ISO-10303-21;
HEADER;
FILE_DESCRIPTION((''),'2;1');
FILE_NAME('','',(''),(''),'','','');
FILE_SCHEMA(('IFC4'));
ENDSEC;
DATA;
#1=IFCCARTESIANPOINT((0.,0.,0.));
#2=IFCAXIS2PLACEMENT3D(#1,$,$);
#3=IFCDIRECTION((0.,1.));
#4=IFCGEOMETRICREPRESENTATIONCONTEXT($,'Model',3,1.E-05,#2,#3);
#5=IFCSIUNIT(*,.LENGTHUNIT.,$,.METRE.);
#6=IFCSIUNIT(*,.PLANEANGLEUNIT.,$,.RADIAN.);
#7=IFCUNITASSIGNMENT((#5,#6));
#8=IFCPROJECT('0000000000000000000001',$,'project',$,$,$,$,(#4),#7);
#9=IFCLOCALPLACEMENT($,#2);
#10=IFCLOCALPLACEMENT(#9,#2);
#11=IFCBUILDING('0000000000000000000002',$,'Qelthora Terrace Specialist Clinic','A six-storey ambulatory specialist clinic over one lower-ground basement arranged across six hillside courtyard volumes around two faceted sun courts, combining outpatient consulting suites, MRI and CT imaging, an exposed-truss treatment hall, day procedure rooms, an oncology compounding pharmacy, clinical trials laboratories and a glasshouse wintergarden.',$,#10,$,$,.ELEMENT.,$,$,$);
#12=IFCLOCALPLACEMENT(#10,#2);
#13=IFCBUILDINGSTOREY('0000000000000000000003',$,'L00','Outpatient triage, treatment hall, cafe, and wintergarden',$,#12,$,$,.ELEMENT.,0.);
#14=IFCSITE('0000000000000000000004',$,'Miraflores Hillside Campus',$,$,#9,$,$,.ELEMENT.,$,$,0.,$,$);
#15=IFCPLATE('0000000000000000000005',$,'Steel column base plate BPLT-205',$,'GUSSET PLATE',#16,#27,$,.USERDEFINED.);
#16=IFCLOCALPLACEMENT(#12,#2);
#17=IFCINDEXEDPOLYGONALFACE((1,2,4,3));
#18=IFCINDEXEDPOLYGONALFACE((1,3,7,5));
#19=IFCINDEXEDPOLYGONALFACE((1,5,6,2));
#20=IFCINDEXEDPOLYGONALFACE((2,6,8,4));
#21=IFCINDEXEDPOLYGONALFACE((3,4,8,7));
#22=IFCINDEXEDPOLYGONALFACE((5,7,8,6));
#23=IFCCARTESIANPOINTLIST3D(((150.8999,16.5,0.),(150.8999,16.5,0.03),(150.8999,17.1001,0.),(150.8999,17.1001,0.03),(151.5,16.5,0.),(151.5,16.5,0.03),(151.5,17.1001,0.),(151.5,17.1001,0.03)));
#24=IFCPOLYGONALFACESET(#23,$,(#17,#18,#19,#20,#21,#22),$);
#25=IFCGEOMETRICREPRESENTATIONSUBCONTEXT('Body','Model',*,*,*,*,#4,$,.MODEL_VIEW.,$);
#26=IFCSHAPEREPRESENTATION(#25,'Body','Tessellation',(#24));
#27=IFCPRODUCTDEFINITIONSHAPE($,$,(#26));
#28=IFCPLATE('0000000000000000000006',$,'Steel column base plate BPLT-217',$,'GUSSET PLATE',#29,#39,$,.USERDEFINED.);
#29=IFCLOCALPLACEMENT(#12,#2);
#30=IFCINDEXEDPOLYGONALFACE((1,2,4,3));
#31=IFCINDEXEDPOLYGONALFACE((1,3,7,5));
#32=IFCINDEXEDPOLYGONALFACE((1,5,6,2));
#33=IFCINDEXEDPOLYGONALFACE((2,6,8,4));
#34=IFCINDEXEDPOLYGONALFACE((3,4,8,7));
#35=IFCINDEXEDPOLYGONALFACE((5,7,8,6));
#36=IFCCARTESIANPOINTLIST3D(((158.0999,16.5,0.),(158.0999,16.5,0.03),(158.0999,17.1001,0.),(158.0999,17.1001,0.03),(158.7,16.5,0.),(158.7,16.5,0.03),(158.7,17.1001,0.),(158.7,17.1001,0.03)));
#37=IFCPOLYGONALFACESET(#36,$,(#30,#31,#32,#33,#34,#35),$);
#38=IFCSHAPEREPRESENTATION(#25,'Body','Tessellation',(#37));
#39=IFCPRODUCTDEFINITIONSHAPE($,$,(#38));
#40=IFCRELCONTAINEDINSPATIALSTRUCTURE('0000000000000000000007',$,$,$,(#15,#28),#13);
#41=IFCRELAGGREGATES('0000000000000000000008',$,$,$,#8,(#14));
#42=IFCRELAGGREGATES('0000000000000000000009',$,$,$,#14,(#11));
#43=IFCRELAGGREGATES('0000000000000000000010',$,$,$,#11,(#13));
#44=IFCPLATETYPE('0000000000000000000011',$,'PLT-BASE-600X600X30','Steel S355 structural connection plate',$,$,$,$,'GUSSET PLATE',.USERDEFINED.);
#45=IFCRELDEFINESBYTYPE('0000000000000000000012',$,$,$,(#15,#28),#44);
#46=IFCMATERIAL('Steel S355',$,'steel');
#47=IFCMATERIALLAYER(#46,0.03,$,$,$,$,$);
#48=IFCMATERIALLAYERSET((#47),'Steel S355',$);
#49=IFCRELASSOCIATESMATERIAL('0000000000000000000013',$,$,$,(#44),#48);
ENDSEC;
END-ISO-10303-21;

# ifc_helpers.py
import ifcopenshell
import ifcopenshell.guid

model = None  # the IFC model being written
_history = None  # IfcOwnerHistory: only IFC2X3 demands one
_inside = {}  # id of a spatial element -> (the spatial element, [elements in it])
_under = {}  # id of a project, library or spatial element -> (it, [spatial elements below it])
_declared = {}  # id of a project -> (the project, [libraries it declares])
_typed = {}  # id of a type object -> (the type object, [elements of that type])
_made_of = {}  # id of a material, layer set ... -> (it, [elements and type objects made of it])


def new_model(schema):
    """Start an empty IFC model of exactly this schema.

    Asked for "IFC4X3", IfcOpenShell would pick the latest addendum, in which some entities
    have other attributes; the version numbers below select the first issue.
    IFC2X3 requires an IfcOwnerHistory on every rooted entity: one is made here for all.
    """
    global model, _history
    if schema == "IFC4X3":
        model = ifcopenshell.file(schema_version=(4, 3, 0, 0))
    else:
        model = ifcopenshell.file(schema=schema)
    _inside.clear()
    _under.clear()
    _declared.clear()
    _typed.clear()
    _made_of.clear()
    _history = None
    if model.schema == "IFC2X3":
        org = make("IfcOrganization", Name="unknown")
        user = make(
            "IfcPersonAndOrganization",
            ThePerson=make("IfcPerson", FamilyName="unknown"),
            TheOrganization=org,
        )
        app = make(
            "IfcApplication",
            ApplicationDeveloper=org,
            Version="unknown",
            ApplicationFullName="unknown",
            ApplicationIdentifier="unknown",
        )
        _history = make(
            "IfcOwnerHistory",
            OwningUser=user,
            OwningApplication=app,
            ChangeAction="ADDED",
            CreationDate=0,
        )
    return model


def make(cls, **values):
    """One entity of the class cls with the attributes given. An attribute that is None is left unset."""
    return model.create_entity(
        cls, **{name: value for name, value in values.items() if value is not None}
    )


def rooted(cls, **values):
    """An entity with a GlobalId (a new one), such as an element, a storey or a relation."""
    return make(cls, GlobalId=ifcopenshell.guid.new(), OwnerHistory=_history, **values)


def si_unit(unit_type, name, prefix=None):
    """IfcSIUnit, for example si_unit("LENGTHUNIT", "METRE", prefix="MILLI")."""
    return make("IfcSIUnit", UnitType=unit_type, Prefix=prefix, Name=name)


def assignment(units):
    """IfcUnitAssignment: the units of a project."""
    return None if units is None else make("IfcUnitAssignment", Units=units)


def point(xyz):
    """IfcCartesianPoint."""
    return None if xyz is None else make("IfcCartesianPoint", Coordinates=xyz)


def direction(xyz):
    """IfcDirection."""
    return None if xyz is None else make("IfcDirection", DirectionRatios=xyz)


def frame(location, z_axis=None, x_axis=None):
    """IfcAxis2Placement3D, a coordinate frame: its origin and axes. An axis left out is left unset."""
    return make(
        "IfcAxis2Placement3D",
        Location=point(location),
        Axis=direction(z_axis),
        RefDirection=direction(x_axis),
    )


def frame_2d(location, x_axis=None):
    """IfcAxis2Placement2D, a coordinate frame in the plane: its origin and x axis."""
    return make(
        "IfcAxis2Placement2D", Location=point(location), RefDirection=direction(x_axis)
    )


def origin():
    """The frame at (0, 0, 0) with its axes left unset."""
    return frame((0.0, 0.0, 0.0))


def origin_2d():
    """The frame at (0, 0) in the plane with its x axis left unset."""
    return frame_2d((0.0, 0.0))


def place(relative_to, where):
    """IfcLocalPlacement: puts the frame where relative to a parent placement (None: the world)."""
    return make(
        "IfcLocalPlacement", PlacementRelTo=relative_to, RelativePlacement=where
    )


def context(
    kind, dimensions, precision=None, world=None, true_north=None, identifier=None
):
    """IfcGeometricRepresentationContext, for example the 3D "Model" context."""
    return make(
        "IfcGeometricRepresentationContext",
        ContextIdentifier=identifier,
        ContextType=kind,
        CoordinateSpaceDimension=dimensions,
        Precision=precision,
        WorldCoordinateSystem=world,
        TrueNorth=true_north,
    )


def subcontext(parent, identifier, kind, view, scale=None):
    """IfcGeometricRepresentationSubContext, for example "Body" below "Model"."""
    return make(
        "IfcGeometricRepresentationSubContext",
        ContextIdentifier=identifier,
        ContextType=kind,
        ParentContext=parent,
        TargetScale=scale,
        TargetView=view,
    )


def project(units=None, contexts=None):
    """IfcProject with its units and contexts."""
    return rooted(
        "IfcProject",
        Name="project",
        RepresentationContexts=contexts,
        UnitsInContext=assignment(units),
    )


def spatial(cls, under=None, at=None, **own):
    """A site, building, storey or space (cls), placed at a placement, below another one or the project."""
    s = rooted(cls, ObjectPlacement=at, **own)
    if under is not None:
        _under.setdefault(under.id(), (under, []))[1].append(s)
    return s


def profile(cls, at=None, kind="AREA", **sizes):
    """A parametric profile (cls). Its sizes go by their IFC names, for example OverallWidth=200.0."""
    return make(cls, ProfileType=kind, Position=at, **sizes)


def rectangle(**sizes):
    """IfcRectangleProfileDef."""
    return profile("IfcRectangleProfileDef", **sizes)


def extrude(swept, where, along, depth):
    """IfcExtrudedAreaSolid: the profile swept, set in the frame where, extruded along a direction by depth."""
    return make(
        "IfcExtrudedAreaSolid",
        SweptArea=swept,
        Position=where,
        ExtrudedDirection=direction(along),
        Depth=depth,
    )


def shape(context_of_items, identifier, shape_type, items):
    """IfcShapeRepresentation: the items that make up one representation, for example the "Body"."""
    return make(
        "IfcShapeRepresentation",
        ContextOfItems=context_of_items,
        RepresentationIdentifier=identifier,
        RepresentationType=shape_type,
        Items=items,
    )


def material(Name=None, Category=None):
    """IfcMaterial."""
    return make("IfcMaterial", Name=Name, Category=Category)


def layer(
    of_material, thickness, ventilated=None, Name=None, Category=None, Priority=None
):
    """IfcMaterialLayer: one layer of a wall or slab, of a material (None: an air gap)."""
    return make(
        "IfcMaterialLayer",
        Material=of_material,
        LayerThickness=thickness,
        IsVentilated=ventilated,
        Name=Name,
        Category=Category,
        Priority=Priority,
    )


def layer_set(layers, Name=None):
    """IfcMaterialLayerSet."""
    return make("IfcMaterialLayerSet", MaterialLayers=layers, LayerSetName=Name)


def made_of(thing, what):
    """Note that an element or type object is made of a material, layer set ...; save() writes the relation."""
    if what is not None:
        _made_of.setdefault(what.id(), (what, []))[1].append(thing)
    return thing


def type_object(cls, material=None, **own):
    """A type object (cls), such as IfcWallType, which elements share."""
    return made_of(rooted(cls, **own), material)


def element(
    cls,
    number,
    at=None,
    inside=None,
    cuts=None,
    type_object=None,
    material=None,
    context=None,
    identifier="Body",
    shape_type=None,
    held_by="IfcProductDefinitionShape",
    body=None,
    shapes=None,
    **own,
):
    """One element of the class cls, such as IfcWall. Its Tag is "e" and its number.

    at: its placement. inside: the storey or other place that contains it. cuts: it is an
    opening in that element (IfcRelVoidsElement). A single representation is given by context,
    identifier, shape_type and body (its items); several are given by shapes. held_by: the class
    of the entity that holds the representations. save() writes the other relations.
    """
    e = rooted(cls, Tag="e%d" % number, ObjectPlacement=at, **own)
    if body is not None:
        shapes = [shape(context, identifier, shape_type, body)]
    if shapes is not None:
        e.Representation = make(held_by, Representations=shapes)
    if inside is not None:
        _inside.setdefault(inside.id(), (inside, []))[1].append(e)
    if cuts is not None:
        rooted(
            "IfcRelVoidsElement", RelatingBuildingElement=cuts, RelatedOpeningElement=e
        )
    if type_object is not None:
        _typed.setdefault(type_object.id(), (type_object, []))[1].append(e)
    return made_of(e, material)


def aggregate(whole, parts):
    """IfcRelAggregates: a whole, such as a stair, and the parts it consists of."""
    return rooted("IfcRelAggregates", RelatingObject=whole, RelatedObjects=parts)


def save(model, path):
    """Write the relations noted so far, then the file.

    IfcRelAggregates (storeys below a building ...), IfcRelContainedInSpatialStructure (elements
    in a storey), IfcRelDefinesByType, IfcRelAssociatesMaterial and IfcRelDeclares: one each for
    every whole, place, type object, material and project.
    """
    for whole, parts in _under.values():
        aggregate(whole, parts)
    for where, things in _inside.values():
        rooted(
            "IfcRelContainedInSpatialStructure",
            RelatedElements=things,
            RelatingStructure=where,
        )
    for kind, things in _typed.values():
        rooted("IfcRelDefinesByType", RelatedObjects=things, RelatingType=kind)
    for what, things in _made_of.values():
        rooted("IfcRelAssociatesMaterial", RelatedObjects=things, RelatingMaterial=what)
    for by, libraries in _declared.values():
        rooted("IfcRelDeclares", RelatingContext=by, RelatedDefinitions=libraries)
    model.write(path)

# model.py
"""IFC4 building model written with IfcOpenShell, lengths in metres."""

from ifc_helpers import new_model, si_unit, direction, frame, origin, origin_2d, place, context, subcontext, project, spatial, rectangle, extrude, material, layer, layer_set, type_object, element, save


model = new_model("IFC4")

# Units and contexts
model_context = context("Model", 3, precision=1e-05, world=origin(), true_north=direction((0.0, 1.0)))
body_context = subcontext(model_context, "Body", "Model", "MODEL_VIEW")
ifc_project = project(units=[si_unit("LENGTHUNIT", "METRE"), si_unit("PLANEANGLEUNIT", "RADIAN")], contexts=[model_context])

# Site, building, storey
site_placement = place(None, origin())
site = spatial("IfcSite", under=ifc_project, at=site_placement, Name="Miraflores Hillside Campus", CompositionType="ELEMENT", RefElevation=0.0)
building_placement = place(site_placement, origin())
building = spatial("IfcBuilding", under=site, at=building_placement, Name="Qelthora Terrace Specialist Clinic", Description="A six-storey ambulatory specialist clinic over one lower-ground basement arranged across six hillside courtyard volumes around two faceted sun courts, combining outpatient consulting suites, MRI and CT imaging, an exposed-truss treatment hall, day procedure rooms, an oncology compounding pharmacy, clinical trials laboratories and a glasshouse wintergarden.", CompositionType="ELEMENT")
storey_placement = place(building_placement, origin())
storey = spatial("IfcBuildingStorey", under=building, at=storey_placement, Name="L00", Description="Outpatient triage, treatment hall, cafe, and wintergarden", CompositionType="ELEMENT", Elevation=0.0)

# Shared definitions
ifc_material_1 = material(Name="Steel S355", Category="steel")

# Plates
ifc_layer_1 = layer(ifc_material_1, 0.03)
ifc_layer_set_1 = layer_set([ifc_layer_1], Name="Steel S355")
plate_type_1 = type_object("IfcPlateType", Name="PLT-BASE-600X600X30", Description="Steel S355 structural connection plate", ElementType="GUSSET PLATE", PredefinedType="USERDEFINED", material=ifc_layer_set_1)
for number, where, z_axis, x_axis, name in (
    (1, (151.2, 16.8, 0.0), (0.0, 0.0, 1.0), (1.0, 0.0, 0.0), "Steel column base plate BPLT-205"),
    (2, (158.3999, 16.8, 0.0), (0.0, 0.0, 1.0), (1.0, 0.0, 0.0), "Steel column base plate BPLT-217"),
):
    element("IfcPlate", number, at=place(storey_placement, frame(where, z_axis=z_axis, x_axis=x_axis)), inside=storey, type_object=plate_type_1, Name=name, ObjectType="GUSSET PLATE", PredefinedType="USERDEFINED", context=body_context, shape_type="SweptSolid", body=[
        extrude(rectangle(XDim=0.6001, YDim=0.6001, at=origin_2d()), origin(), (0.0, 0.0, 1.0), 0.03),
    ])

save(model, "model.ifc")
